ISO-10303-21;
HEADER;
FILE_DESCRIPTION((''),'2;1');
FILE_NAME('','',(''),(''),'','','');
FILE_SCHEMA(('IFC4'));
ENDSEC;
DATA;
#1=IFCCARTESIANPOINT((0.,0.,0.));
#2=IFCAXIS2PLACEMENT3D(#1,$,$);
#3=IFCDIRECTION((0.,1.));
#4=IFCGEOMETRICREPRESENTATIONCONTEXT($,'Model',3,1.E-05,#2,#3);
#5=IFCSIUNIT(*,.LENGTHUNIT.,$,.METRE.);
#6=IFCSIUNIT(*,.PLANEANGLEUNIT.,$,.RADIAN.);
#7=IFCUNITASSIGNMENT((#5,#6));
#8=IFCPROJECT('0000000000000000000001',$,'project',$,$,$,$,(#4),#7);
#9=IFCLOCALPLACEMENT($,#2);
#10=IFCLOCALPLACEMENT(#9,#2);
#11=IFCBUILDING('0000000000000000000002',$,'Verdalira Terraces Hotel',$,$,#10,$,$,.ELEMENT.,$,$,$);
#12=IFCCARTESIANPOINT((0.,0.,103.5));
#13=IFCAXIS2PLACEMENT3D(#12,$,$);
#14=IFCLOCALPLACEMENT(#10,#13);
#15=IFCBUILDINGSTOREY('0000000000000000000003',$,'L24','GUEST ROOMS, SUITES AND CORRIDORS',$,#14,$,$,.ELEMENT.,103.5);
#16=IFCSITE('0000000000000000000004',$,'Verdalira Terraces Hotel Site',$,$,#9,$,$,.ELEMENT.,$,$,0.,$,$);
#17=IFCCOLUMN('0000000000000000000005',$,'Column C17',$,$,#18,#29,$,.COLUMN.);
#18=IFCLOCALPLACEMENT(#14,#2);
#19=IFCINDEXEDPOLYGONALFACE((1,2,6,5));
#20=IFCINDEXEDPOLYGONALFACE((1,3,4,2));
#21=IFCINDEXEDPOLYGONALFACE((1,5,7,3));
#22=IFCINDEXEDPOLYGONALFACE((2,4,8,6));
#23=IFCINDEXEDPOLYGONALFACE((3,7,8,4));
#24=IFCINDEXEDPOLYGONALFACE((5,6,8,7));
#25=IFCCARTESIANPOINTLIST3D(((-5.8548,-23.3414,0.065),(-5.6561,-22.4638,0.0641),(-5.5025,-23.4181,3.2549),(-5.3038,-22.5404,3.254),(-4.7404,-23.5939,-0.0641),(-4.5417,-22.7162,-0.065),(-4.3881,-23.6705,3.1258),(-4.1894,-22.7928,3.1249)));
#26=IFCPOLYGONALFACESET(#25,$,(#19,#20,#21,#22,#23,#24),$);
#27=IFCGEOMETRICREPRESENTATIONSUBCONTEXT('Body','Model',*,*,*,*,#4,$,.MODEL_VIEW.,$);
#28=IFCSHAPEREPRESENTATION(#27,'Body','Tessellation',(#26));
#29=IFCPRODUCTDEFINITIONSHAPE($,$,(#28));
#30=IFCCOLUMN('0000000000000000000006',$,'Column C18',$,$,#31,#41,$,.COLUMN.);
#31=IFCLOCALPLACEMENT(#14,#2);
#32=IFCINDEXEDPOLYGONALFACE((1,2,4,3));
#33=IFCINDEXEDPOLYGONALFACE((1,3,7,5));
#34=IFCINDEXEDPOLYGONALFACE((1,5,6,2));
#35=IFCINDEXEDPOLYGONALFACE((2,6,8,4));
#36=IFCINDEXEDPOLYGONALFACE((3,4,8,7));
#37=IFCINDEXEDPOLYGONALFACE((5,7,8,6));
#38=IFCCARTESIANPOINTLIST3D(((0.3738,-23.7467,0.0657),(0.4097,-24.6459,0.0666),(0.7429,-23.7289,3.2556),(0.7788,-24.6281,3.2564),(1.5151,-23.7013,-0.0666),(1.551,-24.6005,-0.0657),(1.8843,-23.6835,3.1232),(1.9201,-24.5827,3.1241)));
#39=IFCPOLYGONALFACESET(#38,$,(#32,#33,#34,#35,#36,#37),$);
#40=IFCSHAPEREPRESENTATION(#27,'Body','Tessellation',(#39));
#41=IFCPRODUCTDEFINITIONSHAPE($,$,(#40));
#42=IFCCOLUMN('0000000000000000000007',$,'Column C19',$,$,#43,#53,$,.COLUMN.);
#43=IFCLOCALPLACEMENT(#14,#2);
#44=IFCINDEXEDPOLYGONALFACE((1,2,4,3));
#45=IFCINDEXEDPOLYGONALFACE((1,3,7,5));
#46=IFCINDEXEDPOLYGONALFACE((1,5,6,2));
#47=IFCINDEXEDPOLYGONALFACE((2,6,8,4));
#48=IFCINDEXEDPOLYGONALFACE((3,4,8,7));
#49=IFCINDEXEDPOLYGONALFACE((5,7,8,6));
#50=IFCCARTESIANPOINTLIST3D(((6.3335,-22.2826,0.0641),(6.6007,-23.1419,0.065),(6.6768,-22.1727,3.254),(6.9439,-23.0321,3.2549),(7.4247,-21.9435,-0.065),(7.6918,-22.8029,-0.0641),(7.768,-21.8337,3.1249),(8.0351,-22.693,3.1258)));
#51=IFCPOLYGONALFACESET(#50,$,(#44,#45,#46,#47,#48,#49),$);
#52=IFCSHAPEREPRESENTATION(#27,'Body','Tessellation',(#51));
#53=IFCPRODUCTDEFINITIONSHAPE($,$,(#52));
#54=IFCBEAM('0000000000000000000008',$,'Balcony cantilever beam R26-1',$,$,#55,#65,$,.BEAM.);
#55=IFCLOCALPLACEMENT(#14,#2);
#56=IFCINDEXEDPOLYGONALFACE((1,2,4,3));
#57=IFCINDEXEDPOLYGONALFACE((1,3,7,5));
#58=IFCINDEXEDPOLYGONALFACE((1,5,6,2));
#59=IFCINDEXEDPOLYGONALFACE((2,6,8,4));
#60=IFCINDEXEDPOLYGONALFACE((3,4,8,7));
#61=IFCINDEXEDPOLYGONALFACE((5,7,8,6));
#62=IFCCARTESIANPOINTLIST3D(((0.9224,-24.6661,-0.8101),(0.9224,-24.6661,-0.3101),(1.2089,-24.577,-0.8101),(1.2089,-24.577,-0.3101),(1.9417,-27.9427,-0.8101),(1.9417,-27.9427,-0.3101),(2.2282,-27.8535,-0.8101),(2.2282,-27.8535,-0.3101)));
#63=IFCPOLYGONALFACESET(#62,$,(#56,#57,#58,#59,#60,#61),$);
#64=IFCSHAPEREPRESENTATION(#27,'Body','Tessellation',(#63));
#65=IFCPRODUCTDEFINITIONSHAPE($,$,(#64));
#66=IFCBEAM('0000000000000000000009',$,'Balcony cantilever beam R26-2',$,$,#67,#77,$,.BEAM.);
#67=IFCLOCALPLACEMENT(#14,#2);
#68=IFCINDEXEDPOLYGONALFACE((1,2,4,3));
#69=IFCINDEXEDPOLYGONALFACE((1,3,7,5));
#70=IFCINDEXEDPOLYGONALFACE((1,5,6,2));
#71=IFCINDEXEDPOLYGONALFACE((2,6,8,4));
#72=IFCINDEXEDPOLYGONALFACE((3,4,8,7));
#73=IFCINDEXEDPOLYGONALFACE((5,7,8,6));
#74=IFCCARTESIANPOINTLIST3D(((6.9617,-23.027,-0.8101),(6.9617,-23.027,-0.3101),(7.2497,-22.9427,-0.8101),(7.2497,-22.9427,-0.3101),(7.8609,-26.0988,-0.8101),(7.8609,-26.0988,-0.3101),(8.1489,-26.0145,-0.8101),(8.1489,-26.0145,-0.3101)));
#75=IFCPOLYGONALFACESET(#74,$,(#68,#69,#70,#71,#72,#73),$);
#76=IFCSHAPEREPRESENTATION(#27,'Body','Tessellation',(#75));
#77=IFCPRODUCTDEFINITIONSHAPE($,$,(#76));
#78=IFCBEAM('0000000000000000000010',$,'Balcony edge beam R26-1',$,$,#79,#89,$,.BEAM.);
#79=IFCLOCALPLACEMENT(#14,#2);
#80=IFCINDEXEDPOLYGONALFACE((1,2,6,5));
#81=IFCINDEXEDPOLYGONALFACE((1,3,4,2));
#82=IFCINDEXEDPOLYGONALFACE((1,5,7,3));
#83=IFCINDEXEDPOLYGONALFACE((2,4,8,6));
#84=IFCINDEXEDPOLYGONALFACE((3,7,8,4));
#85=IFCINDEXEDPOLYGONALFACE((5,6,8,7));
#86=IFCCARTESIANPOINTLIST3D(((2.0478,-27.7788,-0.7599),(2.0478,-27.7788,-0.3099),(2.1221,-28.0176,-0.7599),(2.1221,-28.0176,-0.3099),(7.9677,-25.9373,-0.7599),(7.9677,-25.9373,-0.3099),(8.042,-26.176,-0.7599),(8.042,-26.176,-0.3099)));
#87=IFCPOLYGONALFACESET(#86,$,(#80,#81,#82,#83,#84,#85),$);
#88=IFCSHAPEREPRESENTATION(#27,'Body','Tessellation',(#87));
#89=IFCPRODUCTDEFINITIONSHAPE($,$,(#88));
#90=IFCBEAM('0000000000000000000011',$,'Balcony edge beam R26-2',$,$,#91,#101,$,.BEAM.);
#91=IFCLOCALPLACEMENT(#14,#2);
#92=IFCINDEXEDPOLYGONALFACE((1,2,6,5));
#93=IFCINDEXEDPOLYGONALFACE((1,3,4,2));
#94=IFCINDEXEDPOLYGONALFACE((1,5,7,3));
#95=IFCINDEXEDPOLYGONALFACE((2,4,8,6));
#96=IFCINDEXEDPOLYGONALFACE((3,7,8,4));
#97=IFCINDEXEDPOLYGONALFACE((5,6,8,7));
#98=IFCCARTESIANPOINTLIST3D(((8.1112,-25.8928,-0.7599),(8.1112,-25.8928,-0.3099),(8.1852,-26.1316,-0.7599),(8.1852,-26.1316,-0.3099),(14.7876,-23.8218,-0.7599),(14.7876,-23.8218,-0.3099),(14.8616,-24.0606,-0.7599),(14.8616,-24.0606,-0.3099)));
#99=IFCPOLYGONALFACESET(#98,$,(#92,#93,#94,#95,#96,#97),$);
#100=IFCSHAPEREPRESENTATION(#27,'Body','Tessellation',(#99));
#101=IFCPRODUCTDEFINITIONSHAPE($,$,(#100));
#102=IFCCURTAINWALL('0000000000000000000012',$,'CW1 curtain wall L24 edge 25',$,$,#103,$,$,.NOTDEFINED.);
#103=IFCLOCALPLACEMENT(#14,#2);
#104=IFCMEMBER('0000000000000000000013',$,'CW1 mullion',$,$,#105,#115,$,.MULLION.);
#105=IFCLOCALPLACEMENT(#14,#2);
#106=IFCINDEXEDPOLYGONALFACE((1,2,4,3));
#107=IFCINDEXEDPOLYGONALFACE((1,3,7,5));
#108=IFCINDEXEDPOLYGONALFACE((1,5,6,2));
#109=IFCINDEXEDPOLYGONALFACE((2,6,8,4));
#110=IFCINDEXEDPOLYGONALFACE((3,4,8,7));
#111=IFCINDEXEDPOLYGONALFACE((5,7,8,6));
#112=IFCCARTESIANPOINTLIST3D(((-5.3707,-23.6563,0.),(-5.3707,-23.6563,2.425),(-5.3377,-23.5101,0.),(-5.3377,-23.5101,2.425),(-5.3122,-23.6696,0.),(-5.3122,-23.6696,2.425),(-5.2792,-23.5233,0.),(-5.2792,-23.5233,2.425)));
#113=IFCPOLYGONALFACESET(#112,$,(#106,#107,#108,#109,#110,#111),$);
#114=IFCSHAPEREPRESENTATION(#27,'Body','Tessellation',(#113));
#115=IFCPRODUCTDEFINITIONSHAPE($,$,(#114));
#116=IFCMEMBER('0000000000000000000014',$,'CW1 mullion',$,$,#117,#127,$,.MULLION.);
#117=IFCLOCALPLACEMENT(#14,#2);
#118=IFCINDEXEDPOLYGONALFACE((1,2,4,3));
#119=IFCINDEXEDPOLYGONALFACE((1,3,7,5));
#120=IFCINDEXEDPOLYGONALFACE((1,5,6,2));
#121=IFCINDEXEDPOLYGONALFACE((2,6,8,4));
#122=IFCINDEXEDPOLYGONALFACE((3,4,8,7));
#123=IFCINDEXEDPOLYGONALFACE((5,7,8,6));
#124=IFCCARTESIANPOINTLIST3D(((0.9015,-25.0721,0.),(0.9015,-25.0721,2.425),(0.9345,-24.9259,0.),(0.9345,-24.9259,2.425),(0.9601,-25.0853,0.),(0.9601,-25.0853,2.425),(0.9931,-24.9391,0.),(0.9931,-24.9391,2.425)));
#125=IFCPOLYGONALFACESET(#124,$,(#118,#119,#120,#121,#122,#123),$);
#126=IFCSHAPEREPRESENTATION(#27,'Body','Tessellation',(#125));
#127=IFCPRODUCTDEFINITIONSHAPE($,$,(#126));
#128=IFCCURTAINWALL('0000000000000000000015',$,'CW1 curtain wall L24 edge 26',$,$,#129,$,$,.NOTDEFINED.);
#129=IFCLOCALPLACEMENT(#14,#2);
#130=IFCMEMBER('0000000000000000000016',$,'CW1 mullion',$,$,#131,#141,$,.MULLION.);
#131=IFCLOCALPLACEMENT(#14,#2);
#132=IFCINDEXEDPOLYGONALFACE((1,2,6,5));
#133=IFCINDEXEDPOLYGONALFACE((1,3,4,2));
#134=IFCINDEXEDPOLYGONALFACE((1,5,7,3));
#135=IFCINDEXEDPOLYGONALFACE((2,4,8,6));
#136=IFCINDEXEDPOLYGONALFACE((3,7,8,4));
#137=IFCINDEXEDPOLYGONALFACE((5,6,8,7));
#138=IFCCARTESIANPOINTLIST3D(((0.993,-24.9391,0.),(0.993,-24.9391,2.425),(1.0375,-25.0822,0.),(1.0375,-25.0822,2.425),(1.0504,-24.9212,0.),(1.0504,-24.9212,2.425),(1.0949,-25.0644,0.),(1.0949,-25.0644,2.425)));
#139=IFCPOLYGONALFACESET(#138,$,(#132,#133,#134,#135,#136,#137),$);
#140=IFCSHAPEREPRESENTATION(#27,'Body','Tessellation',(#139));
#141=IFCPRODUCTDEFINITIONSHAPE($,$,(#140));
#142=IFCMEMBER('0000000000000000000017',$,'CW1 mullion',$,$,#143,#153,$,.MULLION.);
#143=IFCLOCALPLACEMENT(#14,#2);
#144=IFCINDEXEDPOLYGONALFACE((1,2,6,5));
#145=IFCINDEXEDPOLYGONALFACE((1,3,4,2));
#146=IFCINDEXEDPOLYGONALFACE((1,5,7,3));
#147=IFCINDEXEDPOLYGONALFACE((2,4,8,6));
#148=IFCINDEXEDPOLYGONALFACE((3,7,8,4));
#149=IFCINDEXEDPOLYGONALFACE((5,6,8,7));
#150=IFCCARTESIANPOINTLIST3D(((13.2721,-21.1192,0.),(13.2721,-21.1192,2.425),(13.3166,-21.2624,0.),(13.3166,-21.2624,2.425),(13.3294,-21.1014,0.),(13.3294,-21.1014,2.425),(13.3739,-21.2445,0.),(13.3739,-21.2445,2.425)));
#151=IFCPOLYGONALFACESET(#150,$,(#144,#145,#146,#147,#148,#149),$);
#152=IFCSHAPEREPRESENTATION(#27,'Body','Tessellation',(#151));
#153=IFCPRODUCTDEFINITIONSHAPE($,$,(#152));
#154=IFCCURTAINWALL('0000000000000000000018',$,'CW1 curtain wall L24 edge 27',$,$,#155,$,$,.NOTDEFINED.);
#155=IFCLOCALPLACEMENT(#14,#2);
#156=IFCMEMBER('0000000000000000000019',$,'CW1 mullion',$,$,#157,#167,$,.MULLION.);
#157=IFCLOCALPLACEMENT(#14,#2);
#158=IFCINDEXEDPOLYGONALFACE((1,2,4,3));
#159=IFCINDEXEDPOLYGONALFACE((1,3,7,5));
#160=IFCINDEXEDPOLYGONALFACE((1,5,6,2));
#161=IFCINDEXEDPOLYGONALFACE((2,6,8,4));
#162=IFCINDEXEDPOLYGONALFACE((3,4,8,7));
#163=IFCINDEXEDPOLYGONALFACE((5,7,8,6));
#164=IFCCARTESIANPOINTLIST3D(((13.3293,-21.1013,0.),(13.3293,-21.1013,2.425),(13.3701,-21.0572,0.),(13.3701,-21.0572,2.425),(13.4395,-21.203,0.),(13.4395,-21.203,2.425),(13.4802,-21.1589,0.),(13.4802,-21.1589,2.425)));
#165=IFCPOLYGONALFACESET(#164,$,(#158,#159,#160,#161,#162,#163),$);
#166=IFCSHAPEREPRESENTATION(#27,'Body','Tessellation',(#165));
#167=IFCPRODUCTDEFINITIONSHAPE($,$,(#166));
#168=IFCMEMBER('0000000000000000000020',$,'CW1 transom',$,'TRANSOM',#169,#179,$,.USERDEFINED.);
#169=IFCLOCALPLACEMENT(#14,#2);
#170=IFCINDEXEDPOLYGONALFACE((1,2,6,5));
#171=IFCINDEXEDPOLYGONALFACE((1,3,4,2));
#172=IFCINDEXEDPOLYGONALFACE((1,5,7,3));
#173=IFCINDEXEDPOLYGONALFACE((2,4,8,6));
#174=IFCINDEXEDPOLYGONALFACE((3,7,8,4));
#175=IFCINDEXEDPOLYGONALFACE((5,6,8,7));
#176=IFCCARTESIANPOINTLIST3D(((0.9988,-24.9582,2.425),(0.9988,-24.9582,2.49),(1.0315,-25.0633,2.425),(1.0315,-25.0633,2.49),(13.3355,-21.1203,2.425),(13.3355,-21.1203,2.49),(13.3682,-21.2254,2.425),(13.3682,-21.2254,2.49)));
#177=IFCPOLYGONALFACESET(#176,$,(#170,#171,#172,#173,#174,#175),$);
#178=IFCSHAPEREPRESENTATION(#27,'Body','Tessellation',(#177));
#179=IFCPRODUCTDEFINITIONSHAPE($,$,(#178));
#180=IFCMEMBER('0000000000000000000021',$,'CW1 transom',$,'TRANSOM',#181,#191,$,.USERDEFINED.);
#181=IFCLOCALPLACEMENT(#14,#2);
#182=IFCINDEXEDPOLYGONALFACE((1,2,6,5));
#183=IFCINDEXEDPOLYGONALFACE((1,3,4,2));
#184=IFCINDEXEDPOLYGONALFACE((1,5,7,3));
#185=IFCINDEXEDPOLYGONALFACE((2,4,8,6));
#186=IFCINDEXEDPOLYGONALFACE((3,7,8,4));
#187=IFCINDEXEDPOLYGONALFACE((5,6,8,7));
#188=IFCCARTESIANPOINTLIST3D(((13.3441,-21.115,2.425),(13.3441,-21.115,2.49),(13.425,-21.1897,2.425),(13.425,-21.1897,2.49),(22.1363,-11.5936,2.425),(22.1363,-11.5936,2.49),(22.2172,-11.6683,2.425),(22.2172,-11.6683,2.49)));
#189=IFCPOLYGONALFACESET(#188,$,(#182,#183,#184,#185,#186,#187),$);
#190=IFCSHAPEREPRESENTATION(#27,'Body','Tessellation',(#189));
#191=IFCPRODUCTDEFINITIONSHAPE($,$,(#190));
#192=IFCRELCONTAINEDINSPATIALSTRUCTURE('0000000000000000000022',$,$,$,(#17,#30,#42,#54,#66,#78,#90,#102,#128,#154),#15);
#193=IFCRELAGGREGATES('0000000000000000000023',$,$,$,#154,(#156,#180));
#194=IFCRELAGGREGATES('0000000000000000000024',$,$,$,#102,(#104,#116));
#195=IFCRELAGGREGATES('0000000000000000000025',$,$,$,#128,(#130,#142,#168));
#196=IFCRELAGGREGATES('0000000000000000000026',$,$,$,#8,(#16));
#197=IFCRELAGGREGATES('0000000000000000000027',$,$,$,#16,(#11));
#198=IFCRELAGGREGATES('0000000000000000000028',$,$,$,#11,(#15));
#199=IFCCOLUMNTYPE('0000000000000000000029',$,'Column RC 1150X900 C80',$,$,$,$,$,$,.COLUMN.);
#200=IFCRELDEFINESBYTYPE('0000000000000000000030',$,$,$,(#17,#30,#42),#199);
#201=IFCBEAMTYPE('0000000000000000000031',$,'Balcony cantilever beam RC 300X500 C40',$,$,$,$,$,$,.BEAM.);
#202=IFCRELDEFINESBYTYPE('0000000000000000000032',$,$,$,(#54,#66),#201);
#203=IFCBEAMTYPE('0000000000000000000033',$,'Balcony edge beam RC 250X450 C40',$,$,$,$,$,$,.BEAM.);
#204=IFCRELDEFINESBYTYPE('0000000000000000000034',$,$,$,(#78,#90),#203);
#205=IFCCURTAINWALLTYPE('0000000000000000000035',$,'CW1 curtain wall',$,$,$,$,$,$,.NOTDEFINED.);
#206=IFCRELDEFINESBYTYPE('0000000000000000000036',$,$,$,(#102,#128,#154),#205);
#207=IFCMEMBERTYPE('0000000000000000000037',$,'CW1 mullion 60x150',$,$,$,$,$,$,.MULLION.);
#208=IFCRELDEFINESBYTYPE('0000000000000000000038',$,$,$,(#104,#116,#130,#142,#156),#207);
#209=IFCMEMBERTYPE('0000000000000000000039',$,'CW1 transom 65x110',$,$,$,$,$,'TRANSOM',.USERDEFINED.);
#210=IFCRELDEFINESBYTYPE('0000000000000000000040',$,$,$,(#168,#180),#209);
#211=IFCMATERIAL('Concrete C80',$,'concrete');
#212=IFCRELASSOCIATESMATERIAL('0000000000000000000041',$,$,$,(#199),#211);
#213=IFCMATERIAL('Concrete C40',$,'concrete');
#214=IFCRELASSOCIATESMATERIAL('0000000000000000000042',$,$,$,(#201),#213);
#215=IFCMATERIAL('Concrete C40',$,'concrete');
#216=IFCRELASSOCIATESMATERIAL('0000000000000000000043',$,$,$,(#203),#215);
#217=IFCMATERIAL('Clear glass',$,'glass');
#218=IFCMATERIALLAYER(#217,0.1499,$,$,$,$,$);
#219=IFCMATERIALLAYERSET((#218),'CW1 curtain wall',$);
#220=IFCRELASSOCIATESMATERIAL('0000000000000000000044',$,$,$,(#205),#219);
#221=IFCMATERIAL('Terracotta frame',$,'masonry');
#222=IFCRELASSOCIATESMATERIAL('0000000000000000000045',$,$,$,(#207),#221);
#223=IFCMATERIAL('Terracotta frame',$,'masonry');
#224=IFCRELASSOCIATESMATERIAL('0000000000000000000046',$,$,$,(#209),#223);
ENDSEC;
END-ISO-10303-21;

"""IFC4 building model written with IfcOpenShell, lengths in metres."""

from ifc_helpers import new_model, si_unit, direction, frame, origin, origin_2d, place, context, subcontext, project, spatial, rectangle, extrude, material, layer, layer_set, material_profile, profile_set, type_object, element, aggregate, save


model = new_model("IFC4")

# Units and contexts
model_context = context("Model", 3, precision=1e-05, world=origin(), true_north=direction((0.0, 1.0)))
body_context = subcontext(model_context, "Body", "Model", "MODEL_VIEW")
ifc_project = project(units=[si_unit("LENGTHUNIT", "METRE"), si_unit("PLANEANGLEUNIT", "RADIAN")], contexts=[model_context])

# Site, building, storey
site_placement = place(None, origin())
site = spatial("IfcSite", under=ifc_project, at=site_placement, Name="Verdalira Terraces Hotel Site", CompositionType="ELEMENT", RefElevation=0.0)
building_placement = place(site_placement, origin())
building = spatial("IfcBuilding", under=site, at=building_placement, Name="Verdalira Terraces Hotel", CompositionType="ELEMENT")
storey_placement = place(building_placement, frame((0.0, 0.0, 103.5)))
storey = spatial("IfcBuildingStorey", under=building, at=storey_placement, Name="L24", Description="GUEST ROOMS, SUITES AND CORRIDORS", CompositionType="ELEMENT", Elevation=103.5)

# Columns
ifc_material_1 = material(Name="Concrete C80", Category="concrete")
ifc_material_profile_1 = material_profile(ifc_material_1, rectangle(XDim=1.1499, YDim=0.8999, at=origin_2d()), Name="RC 1150X900")
ifc_profile_set_1 = profile_set([ifc_material_profile_1], Name="Concrete C80")
column_type = type_object("IfcColumnType", Name="Column RC 1150X900 C80", PredefinedType="COLUMN", material=ifc_profile_set_1)
column_1_placement = place(storey_placement, frame((-5.1982, -23.0288, 0.0), z_axis=(0.109741, -0.02388, 0.993673), x_axis=(0.969124, -0.219512, -0.112305)))
element("IfcColumn", 1, at=column_1_placement, inside=storey, type_object=column_type, Name="Column C17", PredefinedType="COLUMN", context=body_context, shape_type="SweptSolid", body=[
    extrude(rectangle(XDim=1.1499, YDim=0.8999, at=origin_2d()), origin(), (0.0, 0.0, 1.0), 3.2102),
])
column_2_placement = place(storey_placement, frame((0.9624, -24.1736, 0.0), z_axis=(0.114951, 0.00555, 0.993356), x_axis=(-0.992571, -0.039479, 0.115081)))
element("IfcColumn", 2, at=column_2_placement, inside=storey, type_object=column_type, Name="Column C18", PredefinedType="COLUMN", context=body_context, shape_type="SweptSolid", body=[
    extrude(rectangle(XDim=1.1499, YDim=0.8999, at=origin_2d()), origin(), (0.0, 0.0, 1.0), 3.2112),
])
column_3_placement = place(storey_placement, frame((7.0127, -22.5427, 0.0), z_axis=(0.106927, 0.034223, 0.993678), x_axis=(0.948924, 0.294857, -0.112266)))
element("IfcColumn", 3, at=column_3_placement, inside=storey, type_object=column_type, Name="Column C19", PredefinedType="COLUMN", context=body_context, shape_type="SweptSolid", body=[
    extrude(rectangle(XDim=1.1499, YDim=0.8999, at=origin_2d()), origin(), (0.0, 0.0, 1.0), 3.2102),
])

# Beams
ifc_material_2 = material(Name="Concrete C40", Category="concrete")
ifc_material_profile_2 = material_profile(ifc_material_2, rectangle(XDim=0.3, YDim=0.5, at=origin_2d()), Name="RC 300X500")
ifc_profile_set_2 = profile_set([ifc_material_profile_2], Name="Concrete C40")
beam_type_1 = type_object("IfcBeamType", Name="Balcony cantilever beam RC 300X500 C40", PredefinedType="BEAM", material=ifc_profile_set_2)
beam_1_placement = place(storey_placement, frame((1.0657, -24.6216, -0.5601), z_axis=(0.297039, -0.954865, 0.0), x_axis=(0.954865, 0.297039, 0.0)))
element("IfcBeam", 4, at=beam_1_placement, inside=storey, type_object=beam_type_1, Name="Balcony cantilever beam R26-1", PredefinedType="BEAM", context=body_context, shape_type="SweptSolid", body=[
    extrude(rectangle(XDim=0.3, YDim=0.5, at=origin_2d()), origin(), (0.0, 0.0, 1.0), 3.4314),
])
beam_2_placement = place(storey_placement, frame((7.1057, -22.9849, -0.5601), z_axis=(0.280931, -0.959728, 0.0), x_axis=(0.959728, 0.280931, 0.0)))
element("IfcBeam", 5, at=beam_2_placement, inside=storey, type_object=beam_type_1, Name="Balcony cantilever beam R26-2", PredefinedType="BEAM", context=body_context, shape_type="SweptSolid", body=[
    extrude(rectangle(XDim=0.3, YDim=0.5, at=origin_2d()), origin(), (0.0, 0.0, 1.0), 3.2007),
])
ifc_material_3 = material(Name="Concrete C40", Category="concrete")
ifc_material_profile_3 = material_profile(ifc_material_3, rectangle(XDim=0.25, YDim=0.45, at=origin_2d()), Name="RC 250X450")
ifc_profile_set_3 = profile_set([ifc_material_profile_3], Name="Concrete C40")
beam_type_2 = type_object("IfcBeamType", Name="Balcony edge beam RC 250X450 C40", PredefinedType="BEAM", material=ifc_profile_set_3)
beam_3_placement = place(storey_placement, frame((2.085, -27.8982, -0.5349), z_axis=(0.954866, 0.297037, 0.0), x_axis=(-0.297037, 0.954866, 0.0)))
element("IfcBeam", 6, at=beam_3_placement, inside=storey, type_object=beam_type_2, Name="Balcony edge beam R26-1", PredefinedType="BEAM", context=body_context, shape_type="SweptSolid", body=[
    extrude(rectangle(XDim=0.25, YDim=0.45, at=origin_2d()), origin(), (0.0, 0.0, 1.0), 6.1997),
])
beam_4_placement = place(storey_placement, frame((8.1482, -26.0122, -0.5349), z_axis=(0.955104, 0.296272, 0.0), x_axis=(-0.296272, 0.955104, 0.0)))
element("IfcBeam", 7, at=beam_4_placement, inside=storey, type_object=beam_type_2, Name="Balcony edge beam R26-2", PredefinedType="BEAM", context=body_context, shape_type="SweptSolid", body=[
    extrude(rectangle(XDim=0.25, YDim=0.45, at=origin_2d()), origin(), (0.0, 0.0, 1.0), 6.9902),
])

# Curtain walls, members
ifc_material_4 = material(Name="Clear glass", Category="glass")
ifc_layer_1 = layer(ifc_material_4, 0.1499)
ifc_layer_set_1 = layer_set([ifc_layer_1], Name="CW1 curtain wall")
curtain_wall_type = type_object("IfcCurtainWallType", Name="CW1 curtain wall", PredefinedType="NOTDEFINED", material=ifc_layer_set_1)
curtain_wall_1_placement = place(storey_placement, origin())
curtain_wall_1 = element("IfcCurtainWall", 8, at=curtain_wall_1_placement, inside=storey, type_object=curtain_wall_type, Name="CW1 curtain wall L24 edge 25", PredefinedType="NOTDEFINED")
ifc_material_5 = material(Name="Terracotta frame", Category="masonry")
ifc_material_profile_4 = material_profile(ifc_material_5, rectangle(XDim=0.0601, YDim=0.1499, at=origin_2d()), Name="MU 60x150")
ifc_profile_set_4 = profile_set([ifc_material_profile_4], Name="Terracotta frame")
member_type_1 = type_object("IfcMemberType", Name="CW1 mullion 60x150", PredefinedType="MULLION", material=ifc_profile_set_4)
member_1_placement = place(storey_placement, frame((-5.325, -23.5898, 0.0), z_axis=(0.0, 0.0, 1.0), x_axis=(0.975458, -0.220187, 0.0)))
member_1 = element("IfcMember", 9, at=member_1_placement, type_object=member_type_1, Name="CW1 mullion", PredefinedType="MULLION", context=body_context, shape_type="SweptSolid", body=[
    extrude(rectangle(XDim=0.0601, YDim=0.1499, at=origin_2d()), origin(), (0.0, 0.0, 1.0), 2.425),
])
member_2_placement = place(storey_placement, frame((0.9473, -25.0056, 0.0), z_axis=(0.0, 0.0, 1.0), x_axis=(0.975458, -0.220187, 0.0)))
member_2 = element("IfcMember", 10, at=member_2_placement, type_object=member_type_1, Name="CW1 mullion", PredefinedType="MULLION", context=body_context, shape_type="SweptSolid", body=[
    extrude(rectangle(XDim=0.0601, YDim=0.1499, at=origin_2d()), origin(), (0.0, 0.0, 1.0), 2.425),
])
curtain_wall_2_placement = place(storey_placement, origin())
curtain_wall_2 = element("IfcCurtainWall", 11, at=curtain_wall_2_placement, inside=storey, type_object=curtain_wall_type, Name="CW1 curtain wall L24 edge 26", PredefinedType="NOTDEFINED")
member_3_placement = place(storey_placement, frame((1.0439, -25.0017, 0.0), z_axis=(0.0, 0.0, 1.0), x_axis=(0.954865, 0.297042, 0.0)))
member_3 = element("IfcMember", 12, at=member_3_placement, type_object=member_type_1, Name="CW1 mullion", PredefinedType="MULLION", context=body_context, shape_type="SweptSolid", body=[
    extrude(rectangle(XDim=0.0601, YDim=0.1499, at=origin_2d()), origin(), (0.0, 0.0, 1.0), 2.425),
])
member_4_placement = place(storey_placement, frame((13.323, -21.1819, 0.0), z_axis=(0.0, 0.0, 1.0), x_axis=(0.954865, 0.297042, 0.0)))
member_4 = element("IfcMember", 13, at=member_4_placement, type_object=member_type_1, Name="CW1 mullion", PredefinedType="MULLION", context=body_context, shape_type="SweptSolid", body=[
    extrude(rectangle(XDim=0.0601, YDim=0.1499, at=origin_2d()), origin(), (0.0, 0.0, 1.0), 2.425),
])

# Curtain wall, member
curtain_wall_3_placement = place(storey_placement, origin())
curtain_wall_3 = element("IfcCurtainWall", 14, at=curtain_wall_3_placement, inside=storey, type_object=curtain_wall_type, Name="CW1 curtain wall L24 edge 27", PredefinedType="NOTDEFINED")
member_5_placement = place(storey_placement, frame((13.4048, -21.1301, 0.0), z_axis=(0.0, 0.0, 1.0), x_axis=(0.678416, 0.734678, 0.0)))
member_5 = element("IfcMember", 15, at=member_5_placement, type_object=member_type_1, Name="CW1 mullion", PredefinedType="MULLION", context=body_context, shape_type="SweptSolid", body=[
    extrude(rectangle(XDim=0.0601, YDim=0.1499, at=origin_2d()), origin(), (0.0, 0.0, 1.0), 2.425),
])

# Members
ifc_material_6 = material(Name="Terracotta frame", Category="masonry")
ifc_material_profile_5 = material_profile(ifc_material_6, rectangle(XDim=0.1101, YDim=0.0649, at=origin_2d()), Name="TR 65x110")
ifc_profile_set_5 = profile_set([ifc_material_profile_5], Name="Terracotta frame")
member_type_2 = type_object("IfcMemberType", Name="CW1 transom 65x110", ElementType="TRANSOM", PredefinedType="USERDEFINED", material=ifc_profile_set_5)
member_6_placement = place(storey_placement, frame((1.0151, -25.0107, 2.4575), z_axis=(0.954861, 0.297054, 0.0), x_axis=(-0.297054, 0.954861, 0.0)))
member_6 = element("IfcMember", 16, at=member_6_placement, type_object=member_type_2, Name="CW1 transom", ObjectType="TRANSOM", PredefinedType="USERDEFINED", context=body_context, shape_type="SweptSolid", body=[
    extrude(rectangle(XDim=0.1101, YDim=0.0649, at=origin_2d()), origin(), (0.0, 0.0, 1.0), 12.9199),
])
member_7_placement = place(storey_placement, frame((13.3845, -21.1523, 2.4575), z_axis=(0.678412, 0.734681, 0.0), x_axis=(-0.734681, 0.678412, 0.0)))
member_7 = element("IfcMember", 17, at=member_7_placement, type_object=member_type_2, Name="CW1 transom", ObjectType="TRANSOM", PredefinedType="USERDEFINED", context=body_context, shape_type="SweptSolid", body=[
    extrude(rectangle(XDim=0.1101, YDim=0.0649, at=origin_2d()), origin(), (0.0, 0.0, 1.0), 12.96),
])
aggregate(curtain_wall_3, [member_5, member_7])

aggregate(curtain_wall_1, [member_1, member_2])
aggregate(curtain_wall_2, [member_3, member_4, member_6])

save(model, "model.ifc")
